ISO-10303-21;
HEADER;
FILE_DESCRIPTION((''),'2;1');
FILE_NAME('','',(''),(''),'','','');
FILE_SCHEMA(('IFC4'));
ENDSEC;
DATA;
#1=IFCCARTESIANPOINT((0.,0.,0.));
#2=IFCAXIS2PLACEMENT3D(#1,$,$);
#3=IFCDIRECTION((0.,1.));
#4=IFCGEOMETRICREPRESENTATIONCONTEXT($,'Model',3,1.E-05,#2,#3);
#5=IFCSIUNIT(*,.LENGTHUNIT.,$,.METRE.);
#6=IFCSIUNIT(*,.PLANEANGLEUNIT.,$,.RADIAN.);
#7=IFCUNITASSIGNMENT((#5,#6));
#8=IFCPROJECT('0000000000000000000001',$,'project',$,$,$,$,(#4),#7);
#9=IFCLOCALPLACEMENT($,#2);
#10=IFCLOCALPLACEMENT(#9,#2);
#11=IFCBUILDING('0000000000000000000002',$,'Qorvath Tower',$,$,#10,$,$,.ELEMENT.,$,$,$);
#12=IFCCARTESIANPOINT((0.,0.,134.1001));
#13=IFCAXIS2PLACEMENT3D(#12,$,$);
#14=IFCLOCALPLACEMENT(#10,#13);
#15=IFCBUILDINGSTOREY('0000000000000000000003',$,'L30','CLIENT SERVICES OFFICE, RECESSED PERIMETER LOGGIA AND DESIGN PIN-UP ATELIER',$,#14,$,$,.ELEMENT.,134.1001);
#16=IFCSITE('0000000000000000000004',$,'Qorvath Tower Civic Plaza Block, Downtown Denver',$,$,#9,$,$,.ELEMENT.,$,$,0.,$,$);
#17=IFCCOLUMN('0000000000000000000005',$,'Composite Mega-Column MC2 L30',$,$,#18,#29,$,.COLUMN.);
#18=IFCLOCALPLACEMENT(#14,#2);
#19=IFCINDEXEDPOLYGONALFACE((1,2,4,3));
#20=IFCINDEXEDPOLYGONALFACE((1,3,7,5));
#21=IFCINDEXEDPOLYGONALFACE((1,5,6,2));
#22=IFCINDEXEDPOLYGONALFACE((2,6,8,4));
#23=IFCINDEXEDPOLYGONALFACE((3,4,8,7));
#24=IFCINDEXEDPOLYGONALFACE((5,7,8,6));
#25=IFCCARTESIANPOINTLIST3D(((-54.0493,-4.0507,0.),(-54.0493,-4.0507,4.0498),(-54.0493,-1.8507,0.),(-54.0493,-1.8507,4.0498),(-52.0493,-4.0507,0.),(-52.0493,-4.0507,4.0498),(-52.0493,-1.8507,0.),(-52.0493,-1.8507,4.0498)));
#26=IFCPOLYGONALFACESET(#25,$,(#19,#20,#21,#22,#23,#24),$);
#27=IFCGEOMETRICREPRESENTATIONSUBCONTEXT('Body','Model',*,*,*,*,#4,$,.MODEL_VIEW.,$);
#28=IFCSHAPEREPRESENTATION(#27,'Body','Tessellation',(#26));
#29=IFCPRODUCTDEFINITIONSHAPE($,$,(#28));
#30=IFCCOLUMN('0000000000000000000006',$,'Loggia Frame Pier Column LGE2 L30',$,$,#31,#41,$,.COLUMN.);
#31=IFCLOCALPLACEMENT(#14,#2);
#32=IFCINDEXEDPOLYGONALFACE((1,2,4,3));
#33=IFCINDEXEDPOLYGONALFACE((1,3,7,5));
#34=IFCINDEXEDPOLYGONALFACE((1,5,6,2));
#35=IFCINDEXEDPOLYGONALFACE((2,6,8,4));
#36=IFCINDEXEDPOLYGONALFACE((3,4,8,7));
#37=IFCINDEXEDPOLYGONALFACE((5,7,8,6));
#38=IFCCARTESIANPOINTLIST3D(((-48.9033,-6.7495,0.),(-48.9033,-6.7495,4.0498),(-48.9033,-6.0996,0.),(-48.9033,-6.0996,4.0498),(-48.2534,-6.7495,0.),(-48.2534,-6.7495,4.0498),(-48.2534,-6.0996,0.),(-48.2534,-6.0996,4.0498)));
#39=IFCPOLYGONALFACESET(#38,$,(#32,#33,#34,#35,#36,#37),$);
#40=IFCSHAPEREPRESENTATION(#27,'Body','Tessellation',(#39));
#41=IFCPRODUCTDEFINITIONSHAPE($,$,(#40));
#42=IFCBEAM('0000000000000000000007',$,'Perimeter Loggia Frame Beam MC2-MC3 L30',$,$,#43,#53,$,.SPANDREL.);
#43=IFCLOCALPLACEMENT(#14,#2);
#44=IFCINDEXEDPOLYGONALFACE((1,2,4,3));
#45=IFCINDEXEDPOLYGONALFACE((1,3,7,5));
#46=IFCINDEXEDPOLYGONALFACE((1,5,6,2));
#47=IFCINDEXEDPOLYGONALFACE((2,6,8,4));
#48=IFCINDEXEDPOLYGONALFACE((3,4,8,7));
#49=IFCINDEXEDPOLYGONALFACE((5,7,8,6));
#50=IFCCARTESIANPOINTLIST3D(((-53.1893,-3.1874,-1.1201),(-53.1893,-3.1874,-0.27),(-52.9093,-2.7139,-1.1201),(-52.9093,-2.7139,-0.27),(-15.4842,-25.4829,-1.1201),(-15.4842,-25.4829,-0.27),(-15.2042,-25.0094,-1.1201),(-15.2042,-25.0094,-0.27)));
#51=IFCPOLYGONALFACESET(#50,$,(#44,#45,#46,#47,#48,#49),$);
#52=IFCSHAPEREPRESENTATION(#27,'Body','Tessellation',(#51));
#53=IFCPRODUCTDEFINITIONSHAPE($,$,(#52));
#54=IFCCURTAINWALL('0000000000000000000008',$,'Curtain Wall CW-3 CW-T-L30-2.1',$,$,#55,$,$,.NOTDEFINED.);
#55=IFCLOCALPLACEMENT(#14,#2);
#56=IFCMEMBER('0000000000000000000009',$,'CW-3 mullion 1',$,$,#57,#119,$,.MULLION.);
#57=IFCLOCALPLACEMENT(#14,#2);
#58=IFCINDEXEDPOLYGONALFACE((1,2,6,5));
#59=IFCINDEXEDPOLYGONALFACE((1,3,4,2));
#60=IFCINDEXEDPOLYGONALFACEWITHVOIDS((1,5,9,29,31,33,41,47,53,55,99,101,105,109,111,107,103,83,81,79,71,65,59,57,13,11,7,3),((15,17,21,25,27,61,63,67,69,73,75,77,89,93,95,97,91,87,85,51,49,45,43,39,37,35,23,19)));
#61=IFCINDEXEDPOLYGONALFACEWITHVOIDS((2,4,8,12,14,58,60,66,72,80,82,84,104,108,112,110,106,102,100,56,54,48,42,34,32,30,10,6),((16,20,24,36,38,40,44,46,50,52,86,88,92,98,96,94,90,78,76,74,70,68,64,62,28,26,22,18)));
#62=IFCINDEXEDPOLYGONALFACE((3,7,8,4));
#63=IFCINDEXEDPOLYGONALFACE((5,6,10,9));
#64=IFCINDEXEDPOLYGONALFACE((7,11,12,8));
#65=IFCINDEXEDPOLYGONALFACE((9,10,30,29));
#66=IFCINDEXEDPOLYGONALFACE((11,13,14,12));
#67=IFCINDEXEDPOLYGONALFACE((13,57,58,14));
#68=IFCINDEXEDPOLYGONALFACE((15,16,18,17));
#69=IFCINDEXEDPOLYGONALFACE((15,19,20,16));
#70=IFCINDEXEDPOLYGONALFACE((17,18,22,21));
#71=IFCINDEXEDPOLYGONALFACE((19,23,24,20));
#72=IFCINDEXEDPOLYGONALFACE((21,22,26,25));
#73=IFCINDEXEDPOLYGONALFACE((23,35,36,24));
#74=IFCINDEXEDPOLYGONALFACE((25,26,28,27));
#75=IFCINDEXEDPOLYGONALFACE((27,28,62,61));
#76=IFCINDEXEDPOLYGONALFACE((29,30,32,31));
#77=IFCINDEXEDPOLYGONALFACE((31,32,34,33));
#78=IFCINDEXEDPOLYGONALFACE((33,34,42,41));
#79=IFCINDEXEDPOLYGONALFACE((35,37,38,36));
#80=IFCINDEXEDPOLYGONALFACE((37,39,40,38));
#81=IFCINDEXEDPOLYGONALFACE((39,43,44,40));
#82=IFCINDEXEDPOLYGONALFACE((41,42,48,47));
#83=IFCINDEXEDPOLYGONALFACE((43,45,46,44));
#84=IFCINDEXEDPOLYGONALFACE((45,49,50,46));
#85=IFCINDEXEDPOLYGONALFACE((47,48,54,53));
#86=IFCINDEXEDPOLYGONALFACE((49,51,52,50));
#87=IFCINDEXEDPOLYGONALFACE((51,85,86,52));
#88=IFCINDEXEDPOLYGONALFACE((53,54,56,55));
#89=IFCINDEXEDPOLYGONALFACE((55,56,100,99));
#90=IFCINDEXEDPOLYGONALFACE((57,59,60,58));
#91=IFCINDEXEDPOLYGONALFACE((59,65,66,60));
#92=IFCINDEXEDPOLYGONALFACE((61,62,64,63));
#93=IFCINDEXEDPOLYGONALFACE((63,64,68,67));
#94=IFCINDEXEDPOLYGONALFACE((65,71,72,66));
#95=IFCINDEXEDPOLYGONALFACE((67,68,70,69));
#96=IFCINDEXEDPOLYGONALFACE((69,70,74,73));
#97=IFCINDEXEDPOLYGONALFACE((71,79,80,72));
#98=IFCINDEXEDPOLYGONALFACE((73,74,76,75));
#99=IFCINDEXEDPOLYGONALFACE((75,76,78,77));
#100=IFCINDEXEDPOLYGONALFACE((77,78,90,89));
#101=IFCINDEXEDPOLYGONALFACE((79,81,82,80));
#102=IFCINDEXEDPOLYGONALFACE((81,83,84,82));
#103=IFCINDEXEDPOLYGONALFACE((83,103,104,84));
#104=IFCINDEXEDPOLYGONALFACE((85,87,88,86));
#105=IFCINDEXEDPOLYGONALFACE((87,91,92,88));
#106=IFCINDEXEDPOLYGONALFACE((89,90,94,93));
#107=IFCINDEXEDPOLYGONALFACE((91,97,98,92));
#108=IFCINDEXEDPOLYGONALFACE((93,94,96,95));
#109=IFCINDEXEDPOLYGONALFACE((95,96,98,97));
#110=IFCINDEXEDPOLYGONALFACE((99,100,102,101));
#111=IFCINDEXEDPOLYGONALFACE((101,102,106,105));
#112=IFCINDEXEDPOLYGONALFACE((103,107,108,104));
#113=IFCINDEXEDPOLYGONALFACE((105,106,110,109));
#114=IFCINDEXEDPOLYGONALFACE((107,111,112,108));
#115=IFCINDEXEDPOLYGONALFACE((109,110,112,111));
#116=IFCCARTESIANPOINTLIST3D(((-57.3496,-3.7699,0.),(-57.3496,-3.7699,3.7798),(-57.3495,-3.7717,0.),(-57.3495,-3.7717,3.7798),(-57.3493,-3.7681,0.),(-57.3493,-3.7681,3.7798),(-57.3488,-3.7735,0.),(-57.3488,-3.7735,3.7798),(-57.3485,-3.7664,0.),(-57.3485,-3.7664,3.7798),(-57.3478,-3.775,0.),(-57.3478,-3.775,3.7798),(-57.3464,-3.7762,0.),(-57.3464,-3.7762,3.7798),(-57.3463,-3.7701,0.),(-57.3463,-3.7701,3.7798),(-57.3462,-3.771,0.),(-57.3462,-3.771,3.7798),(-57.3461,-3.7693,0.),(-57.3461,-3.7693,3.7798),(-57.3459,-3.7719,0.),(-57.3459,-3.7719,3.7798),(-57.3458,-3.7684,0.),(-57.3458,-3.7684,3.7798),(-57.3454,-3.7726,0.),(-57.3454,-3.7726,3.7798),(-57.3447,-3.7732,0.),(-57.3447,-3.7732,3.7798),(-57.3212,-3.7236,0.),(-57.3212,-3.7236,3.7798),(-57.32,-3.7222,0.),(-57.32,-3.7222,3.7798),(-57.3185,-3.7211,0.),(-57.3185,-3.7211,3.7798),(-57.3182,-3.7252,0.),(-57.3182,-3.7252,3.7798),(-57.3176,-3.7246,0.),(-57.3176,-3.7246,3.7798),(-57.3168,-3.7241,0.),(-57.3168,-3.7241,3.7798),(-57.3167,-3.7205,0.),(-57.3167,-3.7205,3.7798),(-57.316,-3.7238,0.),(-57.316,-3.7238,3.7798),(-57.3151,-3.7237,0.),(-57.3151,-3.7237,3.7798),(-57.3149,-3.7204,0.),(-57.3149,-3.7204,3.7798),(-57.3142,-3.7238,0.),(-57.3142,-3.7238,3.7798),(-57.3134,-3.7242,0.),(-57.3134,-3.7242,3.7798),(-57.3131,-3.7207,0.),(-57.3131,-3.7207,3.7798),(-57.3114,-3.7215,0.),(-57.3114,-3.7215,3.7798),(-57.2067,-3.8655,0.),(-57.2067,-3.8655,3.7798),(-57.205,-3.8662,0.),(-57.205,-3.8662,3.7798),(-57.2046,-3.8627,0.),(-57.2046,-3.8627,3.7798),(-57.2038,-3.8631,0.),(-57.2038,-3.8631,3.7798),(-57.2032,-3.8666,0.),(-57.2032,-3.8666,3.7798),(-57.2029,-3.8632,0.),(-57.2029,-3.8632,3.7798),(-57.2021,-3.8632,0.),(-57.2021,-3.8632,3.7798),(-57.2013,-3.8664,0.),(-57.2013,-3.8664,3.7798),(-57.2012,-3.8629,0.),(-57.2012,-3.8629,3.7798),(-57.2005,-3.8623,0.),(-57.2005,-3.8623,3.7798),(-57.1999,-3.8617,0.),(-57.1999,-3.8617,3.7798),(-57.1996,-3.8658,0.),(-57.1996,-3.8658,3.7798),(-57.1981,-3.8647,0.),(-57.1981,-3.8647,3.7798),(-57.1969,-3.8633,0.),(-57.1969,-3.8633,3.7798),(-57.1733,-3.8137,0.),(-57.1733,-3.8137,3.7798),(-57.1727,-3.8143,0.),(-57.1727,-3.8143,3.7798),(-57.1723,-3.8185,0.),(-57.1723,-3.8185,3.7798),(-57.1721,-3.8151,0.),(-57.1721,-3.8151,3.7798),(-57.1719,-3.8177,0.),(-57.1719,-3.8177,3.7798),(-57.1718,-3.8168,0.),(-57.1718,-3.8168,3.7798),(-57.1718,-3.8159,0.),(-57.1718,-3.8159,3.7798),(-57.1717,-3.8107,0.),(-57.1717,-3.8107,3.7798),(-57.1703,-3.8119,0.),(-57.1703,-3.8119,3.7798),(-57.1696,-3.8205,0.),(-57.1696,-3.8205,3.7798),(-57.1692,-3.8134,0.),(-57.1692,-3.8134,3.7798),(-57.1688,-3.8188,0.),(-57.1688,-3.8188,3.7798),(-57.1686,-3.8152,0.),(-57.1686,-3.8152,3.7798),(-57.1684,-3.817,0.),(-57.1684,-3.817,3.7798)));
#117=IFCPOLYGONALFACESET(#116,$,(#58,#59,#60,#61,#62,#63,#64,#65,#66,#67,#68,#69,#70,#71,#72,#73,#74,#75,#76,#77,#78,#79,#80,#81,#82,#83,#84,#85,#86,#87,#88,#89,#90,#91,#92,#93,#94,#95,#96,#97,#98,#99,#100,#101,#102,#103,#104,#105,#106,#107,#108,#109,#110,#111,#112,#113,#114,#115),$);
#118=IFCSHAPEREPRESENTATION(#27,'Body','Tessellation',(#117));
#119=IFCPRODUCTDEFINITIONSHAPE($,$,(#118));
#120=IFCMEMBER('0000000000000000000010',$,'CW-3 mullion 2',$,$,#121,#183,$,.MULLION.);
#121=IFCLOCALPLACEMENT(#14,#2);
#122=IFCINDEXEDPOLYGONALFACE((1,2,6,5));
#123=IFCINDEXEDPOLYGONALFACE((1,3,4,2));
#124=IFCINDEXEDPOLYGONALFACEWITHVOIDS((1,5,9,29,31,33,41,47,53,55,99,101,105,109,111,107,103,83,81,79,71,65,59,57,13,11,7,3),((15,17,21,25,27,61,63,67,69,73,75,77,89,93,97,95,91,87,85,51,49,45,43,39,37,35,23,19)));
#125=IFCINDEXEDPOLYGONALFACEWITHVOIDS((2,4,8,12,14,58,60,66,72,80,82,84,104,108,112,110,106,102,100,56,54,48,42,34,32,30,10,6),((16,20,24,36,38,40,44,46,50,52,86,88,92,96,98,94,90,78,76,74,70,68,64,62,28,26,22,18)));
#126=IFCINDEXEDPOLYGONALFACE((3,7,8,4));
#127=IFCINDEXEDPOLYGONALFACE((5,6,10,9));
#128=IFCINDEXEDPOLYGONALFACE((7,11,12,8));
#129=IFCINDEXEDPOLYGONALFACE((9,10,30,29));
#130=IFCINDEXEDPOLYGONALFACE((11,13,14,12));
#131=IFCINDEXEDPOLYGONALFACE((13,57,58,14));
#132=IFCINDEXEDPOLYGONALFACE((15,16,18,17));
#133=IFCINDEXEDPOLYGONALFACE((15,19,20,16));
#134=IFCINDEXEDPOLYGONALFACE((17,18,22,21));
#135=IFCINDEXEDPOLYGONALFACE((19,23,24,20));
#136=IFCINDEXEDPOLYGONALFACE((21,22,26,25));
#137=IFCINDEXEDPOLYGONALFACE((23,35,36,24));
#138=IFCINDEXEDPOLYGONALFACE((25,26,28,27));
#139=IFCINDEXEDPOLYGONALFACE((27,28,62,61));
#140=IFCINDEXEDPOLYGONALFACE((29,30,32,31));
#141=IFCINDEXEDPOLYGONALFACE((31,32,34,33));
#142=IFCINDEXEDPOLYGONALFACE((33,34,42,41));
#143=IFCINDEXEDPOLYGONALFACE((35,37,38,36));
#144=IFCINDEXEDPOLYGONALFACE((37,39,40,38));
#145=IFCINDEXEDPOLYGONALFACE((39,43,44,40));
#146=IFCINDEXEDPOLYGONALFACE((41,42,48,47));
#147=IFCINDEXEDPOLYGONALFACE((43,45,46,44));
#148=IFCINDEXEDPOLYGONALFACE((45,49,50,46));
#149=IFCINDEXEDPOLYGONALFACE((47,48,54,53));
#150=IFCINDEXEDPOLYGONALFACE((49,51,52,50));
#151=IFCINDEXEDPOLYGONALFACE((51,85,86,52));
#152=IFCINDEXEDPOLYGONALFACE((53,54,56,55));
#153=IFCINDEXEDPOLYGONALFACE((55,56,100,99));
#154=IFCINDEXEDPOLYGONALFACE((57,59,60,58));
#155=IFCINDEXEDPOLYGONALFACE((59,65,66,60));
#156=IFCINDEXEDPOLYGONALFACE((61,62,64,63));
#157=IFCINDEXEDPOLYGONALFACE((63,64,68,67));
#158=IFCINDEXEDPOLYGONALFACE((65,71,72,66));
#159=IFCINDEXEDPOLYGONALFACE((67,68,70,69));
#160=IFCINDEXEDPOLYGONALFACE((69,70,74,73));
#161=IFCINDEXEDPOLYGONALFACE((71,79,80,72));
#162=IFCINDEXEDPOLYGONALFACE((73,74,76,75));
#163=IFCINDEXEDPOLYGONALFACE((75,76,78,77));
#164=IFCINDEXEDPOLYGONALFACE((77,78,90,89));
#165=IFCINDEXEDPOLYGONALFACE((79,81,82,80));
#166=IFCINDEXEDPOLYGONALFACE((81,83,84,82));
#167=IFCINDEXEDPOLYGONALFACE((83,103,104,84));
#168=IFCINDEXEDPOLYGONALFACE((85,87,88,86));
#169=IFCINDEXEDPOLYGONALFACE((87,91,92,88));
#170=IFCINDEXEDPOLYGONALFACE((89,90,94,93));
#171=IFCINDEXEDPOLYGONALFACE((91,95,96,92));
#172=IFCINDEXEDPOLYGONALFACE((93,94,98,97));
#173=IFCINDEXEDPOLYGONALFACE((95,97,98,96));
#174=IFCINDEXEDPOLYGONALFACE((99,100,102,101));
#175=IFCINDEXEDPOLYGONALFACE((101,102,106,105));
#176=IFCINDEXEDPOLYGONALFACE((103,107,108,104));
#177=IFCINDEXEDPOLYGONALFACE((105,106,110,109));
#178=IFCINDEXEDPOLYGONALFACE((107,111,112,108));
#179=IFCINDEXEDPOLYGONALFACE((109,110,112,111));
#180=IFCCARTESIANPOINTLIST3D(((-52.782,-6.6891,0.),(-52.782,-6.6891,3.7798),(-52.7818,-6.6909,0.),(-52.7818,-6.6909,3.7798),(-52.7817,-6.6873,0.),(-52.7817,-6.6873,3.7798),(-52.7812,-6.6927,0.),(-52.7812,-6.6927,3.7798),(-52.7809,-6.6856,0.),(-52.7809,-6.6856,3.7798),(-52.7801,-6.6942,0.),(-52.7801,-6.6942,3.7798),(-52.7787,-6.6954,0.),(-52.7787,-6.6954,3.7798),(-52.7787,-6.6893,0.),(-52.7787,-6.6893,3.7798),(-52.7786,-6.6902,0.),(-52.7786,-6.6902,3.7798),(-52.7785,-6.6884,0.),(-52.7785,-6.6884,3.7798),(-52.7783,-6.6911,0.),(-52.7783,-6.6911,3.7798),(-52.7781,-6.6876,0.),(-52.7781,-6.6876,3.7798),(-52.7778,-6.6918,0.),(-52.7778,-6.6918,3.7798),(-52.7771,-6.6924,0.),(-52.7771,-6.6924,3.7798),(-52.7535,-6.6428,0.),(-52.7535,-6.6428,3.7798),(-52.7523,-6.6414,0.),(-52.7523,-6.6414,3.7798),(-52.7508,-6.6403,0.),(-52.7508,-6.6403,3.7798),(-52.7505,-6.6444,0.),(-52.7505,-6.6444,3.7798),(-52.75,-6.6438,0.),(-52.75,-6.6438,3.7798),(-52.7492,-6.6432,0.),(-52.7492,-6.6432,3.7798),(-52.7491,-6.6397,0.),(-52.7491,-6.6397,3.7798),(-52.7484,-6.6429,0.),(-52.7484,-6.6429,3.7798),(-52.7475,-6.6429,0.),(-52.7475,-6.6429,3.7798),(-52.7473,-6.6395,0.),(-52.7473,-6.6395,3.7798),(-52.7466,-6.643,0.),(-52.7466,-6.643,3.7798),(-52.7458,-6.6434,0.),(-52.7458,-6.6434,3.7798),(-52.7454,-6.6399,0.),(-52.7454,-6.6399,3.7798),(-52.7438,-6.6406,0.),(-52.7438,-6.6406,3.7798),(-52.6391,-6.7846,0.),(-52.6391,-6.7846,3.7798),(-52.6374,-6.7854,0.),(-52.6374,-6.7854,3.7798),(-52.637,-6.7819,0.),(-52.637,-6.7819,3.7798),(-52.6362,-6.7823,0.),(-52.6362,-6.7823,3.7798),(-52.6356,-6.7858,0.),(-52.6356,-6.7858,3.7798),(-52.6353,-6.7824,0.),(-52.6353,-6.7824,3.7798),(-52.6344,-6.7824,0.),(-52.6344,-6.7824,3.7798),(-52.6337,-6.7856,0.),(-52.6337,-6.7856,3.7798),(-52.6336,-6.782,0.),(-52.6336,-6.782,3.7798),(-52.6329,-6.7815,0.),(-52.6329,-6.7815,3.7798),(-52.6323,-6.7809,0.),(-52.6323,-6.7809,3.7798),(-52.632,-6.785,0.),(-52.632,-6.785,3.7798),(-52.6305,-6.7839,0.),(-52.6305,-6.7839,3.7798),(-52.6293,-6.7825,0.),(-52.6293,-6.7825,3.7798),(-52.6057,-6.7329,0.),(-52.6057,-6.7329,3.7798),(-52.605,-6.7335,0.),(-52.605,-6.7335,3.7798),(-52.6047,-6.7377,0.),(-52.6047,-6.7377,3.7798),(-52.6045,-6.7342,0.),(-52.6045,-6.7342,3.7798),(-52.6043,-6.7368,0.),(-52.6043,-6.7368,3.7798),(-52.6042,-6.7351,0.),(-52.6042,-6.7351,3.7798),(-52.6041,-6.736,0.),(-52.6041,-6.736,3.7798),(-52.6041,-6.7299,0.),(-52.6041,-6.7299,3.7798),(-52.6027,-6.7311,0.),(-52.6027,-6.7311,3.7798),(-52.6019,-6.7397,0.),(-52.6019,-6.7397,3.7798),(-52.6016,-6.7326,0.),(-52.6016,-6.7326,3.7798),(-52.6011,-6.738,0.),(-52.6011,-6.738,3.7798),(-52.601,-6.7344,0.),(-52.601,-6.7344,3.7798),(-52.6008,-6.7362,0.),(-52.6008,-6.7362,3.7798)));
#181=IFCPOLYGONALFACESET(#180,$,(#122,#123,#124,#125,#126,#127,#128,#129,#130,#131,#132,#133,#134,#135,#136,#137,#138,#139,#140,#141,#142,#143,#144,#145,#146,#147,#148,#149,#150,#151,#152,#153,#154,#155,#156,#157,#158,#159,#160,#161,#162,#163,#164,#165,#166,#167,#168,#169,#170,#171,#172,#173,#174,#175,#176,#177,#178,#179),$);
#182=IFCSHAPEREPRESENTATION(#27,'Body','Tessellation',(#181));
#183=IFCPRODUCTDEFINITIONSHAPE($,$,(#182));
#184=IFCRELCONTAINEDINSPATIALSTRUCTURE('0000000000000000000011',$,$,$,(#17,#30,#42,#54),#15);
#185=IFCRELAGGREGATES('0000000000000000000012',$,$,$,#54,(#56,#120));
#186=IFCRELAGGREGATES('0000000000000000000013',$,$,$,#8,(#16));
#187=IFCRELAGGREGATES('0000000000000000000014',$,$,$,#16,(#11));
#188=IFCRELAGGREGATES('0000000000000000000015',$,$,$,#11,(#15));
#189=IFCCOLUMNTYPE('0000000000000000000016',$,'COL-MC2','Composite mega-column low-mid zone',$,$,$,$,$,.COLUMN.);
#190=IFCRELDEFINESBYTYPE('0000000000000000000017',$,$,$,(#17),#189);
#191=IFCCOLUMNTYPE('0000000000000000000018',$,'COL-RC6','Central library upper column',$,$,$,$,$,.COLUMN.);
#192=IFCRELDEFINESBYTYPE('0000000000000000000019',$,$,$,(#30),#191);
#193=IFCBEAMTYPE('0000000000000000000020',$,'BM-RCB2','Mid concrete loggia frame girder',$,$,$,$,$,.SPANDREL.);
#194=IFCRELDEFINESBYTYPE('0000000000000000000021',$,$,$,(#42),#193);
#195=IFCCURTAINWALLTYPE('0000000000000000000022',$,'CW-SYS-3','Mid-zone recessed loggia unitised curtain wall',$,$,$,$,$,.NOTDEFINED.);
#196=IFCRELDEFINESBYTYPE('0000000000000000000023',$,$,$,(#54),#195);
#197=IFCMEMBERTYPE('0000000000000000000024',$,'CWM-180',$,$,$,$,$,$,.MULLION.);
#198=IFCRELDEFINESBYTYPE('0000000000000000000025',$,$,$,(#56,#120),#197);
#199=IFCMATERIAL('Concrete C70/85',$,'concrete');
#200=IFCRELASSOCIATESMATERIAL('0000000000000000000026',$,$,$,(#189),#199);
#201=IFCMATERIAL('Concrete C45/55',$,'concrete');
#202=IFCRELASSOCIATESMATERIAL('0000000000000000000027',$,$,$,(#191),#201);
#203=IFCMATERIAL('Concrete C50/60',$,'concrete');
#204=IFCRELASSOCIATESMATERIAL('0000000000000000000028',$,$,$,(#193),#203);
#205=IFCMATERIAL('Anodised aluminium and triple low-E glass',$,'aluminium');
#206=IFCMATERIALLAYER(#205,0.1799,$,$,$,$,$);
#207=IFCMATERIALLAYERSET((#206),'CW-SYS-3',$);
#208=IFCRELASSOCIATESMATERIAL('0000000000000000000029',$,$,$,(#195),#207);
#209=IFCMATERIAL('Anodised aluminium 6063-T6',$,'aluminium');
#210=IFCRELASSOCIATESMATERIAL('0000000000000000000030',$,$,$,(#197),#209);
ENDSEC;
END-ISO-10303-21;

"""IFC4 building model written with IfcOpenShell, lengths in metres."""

from ifc_helpers import new_model, si_unit, direction, frame, origin, origin_2d, place, context, subcontext, project, spatial, rectangle, hollow_rectangle, extrude, material, layer, layer_set, material_profile, profile_set, type_object, element, aggregate, save


model = new_model("IFC4")

# Units and contexts
model_context = context("Model", 3, precision=1e-05, world=origin(), true_north=direction((0.0, 1.0)))
body_context = subcontext(model_context, "Body", "Model", "MODEL_VIEW")
ifc_project = project(units=[si_unit("LENGTHUNIT", "METRE"), si_unit("PLANEANGLEUNIT", "RADIAN")], contexts=[model_context])

# Site, building, storey
site_placement = place(None, origin())
site = spatial("IfcSite", under=ifc_project, at=site_placement, Name="Qorvath Tower Civic Plaza Block, Downtown Denver", CompositionType="ELEMENT", RefElevation=0.0)
building_placement = place(site_placement, origin())
building = spatial("IfcBuilding", under=site, at=building_placement, Name="Qorvath Tower", CompositionType="ELEMENT")
storey_placement = place(building_placement, frame((0.0, 0.0, 134.1001)))
storey = spatial("IfcBuildingStorey", under=building, at=storey_placement, Name="L30", Description="CLIENT SERVICES OFFICE, RECESSED PERIMETER LOGGIA AND DESIGN PIN-UP ATELIER", CompositionType="ELEMENT", Elevation=134.1001)

# Columns
ifc_material_1 = material(Name="Concrete C70/85", Category="concrete")
ifc_material_profile_1 = material_profile(ifc_material_1, rectangle(XDim=2.0, YDim=2.2, at=origin_2d()), Name="MC 2200x2000")
ifc_profile_set_1 = profile_set([ifc_material_profile_1], Name="Concrete C70/85")
column_type_1 = type_object("IfcColumnType", Name="COL-MC2", Description="Composite mega-column low-mid zone", PredefinedType="COLUMN", material=ifc_profile_set_1)
column_1_placement = place(storey_placement, frame((-53.0493, -2.9507, 0.0), z_axis=(0.0, 0.0, 1.0), x_axis=(1.0, 0.0, 0.0)))
element("IfcColumn", 1, at=column_1_placement, inside=storey, type_object=column_type_1, Name="Composite Mega-Column MC2 L30", PredefinedType="COLUMN", context=body_context, shape_type="SweptSolid", body=[
    extrude(rectangle(XDim=2.0, YDim=2.2, at=origin_2d()), origin(), (0.0, 0.0, 1.0), 4.0498),
])
ifc_material_2 = material(Name="Concrete C45/55", Category="concrete")
ifc_material_profile_2 = material_profile(ifc_material_2, rectangle(XDim=0.6499, YDim=0.6499, at=origin_2d()), Name="RC 650x650")
ifc_profile_set_2 = profile_set([ifc_material_profile_2], Name="Concrete C45/55")
column_type_2 = type_object("IfcColumnType", Name="COL-RC6", Description="Central library upper column", PredefinedType="COLUMN", material=ifc_profile_set_2)
column_2_placement = place(storey_placement, frame((-48.5784, -6.4246, 0.0), z_axis=(0.0, 0.0, 1.0), x_axis=(1.0, 0.0, 0.0)))
element("IfcColumn", 2, at=column_2_placement, inside=storey, type_object=column_type_2, Name="Loggia Frame Pier Column LGE2 L30", PredefinedType="COLUMN", context=body_context, shape_type="SweptSolid", body=[
    extrude(rectangle(XDim=0.6499, YDim=0.6499, at=origin_2d()), origin(), (0.0, 0.0, 1.0), 4.0498),
])

# Beam
ifc_material_3 = material(Name="Concrete C50/60", Category="concrete")
ifc_material_profile_3 = material_profile(ifc_material_3, rectangle(XDim=0.55, YDim=0.8501, at=origin_2d()), Name="RCB 850x550")
ifc_profile_set_3 = profile_set([ifc_material_profile_3], Name="Concrete C50/60")
beam_type = type_object("IfcBeamType", Name="BM-RCB2", Description="Mid concrete loggia frame girder", PredefinedType="SPANDREL", material=ifc_profile_set_3)
beam_placement = place(storey_placement, frame((-53.0493, -2.9507, -0.6951), z_axis=(0.860775, -0.508985, 0.0), x_axis=(0.508985, 0.860775, 0.0)))
element("IfcBeam", 3, at=beam_placement, inside=storey, type_object=beam_type, Name="Perimeter Loggia Frame Beam MC2-MC3 L30", PredefinedType="SPANDREL", context=body_context, shape_type="SweptSolid", body=[
    extrude(rectangle(XDim=0.55, YDim=0.8501, at=origin_2d()), origin(), (0.0, 0.0, 1.0), 43.8037),
])

# Curtain wall, members
ifc_material_4 = material(Name="Anodised aluminium and triple low-E glass", Category="aluminium")
ifc_layer_1 = layer(ifc_material_4, 0.1799)
ifc_layer_set_1 = layer_set([ifc_layer_1], Name="CW-SYS-3")
curtain_wall_type = type_object("IfcCurtainWallType", Name="CW-SYS-3", Description="Mid-zone recessed loggia unitised curtain wall", PredefinedType="NOTDEFINED", material=ifc_layer_set_1)
curtain_wall_placement = place(storey_placement, origin())
curtain_wall = element("IfcCurtainWall", 4, at=curtain_wall_placement, inside=storey, type_object=curtain_wall_type, Name="Curtain Wall CW-3 CW-T-L30-2.1", PredefinedType="NOTDEFINED")
ifc_material_5 = material(Name="Anodised aluminium 6063-T6", Category="aluminium")
ifc_material_profile_4 = material_profile(ifc_material_5, hollow_rectangle(XDim=0.0649, YDim=0.1799, WallThickness=0.0034, InnerFilletRadius=0.0034, OuterFilletRadius=0.0071, at=origin_2d()), Name="CWM 180x65")
ifc_profile_set_4 = profile_set([ifc_material_profile_4], Name="Anodised aluminium 6063-T6")
member_type_1 = type_object("IfcMemberType", Name="CWM-180", PredefinedType="MULLION", material=ifc_profile_set_4)
member_1_placement = place(storey_placement, frame((-57.259, -3.7935, 0.0), z_axis=(0.0, 0.0, 1.0), x_axis=(0.538534, 0.842604, 0.0)))
member_1 = element("IfcMember", 5, at=member_1_placement, type_object=member_type_1, Name="CW-3 mullion 1", PredefinedType="MULLION", context=body_context, shape_type="SweptSolid", body=[
    extrude(hollow_rectangle(XDim=0.0649, YDim=0.1799, WallThickness=0.0034, InnerFilletRadius=0.0034, OuterFilletRadius=0.0071, at=origin_2d()), origin(), (0.0, 0.0, 1.0), 3.7798),
])
member_2_placement = place(storey_placement, frame((-52.6914, -6.7126, 0.0), z_axis=(0.0, 0.0, 1.0), x_axis=(0.538534, 0.842604, 0.0)))
member_2 = element("IfcMember", 6, at=member_2_placement, type_object=member_type_1, Name="CW-3 mullion 2", PredefinedType="MULLION", context=body_context, shape_type="SweptSolid", body=[
    extrude(hollow_rectangle(XDim=0.0649, YDim=0.1799, WallThickness=0.0034, InnerFilletRadius=0.0034, OuterFilletRadius=0.0071, at=origin_2d()), origin(), (0.0, 0.0, 1.0), 3.7798),
])
aggregate(curtain_wall, [member_1, member_2])

save(model, "model.ifc")
